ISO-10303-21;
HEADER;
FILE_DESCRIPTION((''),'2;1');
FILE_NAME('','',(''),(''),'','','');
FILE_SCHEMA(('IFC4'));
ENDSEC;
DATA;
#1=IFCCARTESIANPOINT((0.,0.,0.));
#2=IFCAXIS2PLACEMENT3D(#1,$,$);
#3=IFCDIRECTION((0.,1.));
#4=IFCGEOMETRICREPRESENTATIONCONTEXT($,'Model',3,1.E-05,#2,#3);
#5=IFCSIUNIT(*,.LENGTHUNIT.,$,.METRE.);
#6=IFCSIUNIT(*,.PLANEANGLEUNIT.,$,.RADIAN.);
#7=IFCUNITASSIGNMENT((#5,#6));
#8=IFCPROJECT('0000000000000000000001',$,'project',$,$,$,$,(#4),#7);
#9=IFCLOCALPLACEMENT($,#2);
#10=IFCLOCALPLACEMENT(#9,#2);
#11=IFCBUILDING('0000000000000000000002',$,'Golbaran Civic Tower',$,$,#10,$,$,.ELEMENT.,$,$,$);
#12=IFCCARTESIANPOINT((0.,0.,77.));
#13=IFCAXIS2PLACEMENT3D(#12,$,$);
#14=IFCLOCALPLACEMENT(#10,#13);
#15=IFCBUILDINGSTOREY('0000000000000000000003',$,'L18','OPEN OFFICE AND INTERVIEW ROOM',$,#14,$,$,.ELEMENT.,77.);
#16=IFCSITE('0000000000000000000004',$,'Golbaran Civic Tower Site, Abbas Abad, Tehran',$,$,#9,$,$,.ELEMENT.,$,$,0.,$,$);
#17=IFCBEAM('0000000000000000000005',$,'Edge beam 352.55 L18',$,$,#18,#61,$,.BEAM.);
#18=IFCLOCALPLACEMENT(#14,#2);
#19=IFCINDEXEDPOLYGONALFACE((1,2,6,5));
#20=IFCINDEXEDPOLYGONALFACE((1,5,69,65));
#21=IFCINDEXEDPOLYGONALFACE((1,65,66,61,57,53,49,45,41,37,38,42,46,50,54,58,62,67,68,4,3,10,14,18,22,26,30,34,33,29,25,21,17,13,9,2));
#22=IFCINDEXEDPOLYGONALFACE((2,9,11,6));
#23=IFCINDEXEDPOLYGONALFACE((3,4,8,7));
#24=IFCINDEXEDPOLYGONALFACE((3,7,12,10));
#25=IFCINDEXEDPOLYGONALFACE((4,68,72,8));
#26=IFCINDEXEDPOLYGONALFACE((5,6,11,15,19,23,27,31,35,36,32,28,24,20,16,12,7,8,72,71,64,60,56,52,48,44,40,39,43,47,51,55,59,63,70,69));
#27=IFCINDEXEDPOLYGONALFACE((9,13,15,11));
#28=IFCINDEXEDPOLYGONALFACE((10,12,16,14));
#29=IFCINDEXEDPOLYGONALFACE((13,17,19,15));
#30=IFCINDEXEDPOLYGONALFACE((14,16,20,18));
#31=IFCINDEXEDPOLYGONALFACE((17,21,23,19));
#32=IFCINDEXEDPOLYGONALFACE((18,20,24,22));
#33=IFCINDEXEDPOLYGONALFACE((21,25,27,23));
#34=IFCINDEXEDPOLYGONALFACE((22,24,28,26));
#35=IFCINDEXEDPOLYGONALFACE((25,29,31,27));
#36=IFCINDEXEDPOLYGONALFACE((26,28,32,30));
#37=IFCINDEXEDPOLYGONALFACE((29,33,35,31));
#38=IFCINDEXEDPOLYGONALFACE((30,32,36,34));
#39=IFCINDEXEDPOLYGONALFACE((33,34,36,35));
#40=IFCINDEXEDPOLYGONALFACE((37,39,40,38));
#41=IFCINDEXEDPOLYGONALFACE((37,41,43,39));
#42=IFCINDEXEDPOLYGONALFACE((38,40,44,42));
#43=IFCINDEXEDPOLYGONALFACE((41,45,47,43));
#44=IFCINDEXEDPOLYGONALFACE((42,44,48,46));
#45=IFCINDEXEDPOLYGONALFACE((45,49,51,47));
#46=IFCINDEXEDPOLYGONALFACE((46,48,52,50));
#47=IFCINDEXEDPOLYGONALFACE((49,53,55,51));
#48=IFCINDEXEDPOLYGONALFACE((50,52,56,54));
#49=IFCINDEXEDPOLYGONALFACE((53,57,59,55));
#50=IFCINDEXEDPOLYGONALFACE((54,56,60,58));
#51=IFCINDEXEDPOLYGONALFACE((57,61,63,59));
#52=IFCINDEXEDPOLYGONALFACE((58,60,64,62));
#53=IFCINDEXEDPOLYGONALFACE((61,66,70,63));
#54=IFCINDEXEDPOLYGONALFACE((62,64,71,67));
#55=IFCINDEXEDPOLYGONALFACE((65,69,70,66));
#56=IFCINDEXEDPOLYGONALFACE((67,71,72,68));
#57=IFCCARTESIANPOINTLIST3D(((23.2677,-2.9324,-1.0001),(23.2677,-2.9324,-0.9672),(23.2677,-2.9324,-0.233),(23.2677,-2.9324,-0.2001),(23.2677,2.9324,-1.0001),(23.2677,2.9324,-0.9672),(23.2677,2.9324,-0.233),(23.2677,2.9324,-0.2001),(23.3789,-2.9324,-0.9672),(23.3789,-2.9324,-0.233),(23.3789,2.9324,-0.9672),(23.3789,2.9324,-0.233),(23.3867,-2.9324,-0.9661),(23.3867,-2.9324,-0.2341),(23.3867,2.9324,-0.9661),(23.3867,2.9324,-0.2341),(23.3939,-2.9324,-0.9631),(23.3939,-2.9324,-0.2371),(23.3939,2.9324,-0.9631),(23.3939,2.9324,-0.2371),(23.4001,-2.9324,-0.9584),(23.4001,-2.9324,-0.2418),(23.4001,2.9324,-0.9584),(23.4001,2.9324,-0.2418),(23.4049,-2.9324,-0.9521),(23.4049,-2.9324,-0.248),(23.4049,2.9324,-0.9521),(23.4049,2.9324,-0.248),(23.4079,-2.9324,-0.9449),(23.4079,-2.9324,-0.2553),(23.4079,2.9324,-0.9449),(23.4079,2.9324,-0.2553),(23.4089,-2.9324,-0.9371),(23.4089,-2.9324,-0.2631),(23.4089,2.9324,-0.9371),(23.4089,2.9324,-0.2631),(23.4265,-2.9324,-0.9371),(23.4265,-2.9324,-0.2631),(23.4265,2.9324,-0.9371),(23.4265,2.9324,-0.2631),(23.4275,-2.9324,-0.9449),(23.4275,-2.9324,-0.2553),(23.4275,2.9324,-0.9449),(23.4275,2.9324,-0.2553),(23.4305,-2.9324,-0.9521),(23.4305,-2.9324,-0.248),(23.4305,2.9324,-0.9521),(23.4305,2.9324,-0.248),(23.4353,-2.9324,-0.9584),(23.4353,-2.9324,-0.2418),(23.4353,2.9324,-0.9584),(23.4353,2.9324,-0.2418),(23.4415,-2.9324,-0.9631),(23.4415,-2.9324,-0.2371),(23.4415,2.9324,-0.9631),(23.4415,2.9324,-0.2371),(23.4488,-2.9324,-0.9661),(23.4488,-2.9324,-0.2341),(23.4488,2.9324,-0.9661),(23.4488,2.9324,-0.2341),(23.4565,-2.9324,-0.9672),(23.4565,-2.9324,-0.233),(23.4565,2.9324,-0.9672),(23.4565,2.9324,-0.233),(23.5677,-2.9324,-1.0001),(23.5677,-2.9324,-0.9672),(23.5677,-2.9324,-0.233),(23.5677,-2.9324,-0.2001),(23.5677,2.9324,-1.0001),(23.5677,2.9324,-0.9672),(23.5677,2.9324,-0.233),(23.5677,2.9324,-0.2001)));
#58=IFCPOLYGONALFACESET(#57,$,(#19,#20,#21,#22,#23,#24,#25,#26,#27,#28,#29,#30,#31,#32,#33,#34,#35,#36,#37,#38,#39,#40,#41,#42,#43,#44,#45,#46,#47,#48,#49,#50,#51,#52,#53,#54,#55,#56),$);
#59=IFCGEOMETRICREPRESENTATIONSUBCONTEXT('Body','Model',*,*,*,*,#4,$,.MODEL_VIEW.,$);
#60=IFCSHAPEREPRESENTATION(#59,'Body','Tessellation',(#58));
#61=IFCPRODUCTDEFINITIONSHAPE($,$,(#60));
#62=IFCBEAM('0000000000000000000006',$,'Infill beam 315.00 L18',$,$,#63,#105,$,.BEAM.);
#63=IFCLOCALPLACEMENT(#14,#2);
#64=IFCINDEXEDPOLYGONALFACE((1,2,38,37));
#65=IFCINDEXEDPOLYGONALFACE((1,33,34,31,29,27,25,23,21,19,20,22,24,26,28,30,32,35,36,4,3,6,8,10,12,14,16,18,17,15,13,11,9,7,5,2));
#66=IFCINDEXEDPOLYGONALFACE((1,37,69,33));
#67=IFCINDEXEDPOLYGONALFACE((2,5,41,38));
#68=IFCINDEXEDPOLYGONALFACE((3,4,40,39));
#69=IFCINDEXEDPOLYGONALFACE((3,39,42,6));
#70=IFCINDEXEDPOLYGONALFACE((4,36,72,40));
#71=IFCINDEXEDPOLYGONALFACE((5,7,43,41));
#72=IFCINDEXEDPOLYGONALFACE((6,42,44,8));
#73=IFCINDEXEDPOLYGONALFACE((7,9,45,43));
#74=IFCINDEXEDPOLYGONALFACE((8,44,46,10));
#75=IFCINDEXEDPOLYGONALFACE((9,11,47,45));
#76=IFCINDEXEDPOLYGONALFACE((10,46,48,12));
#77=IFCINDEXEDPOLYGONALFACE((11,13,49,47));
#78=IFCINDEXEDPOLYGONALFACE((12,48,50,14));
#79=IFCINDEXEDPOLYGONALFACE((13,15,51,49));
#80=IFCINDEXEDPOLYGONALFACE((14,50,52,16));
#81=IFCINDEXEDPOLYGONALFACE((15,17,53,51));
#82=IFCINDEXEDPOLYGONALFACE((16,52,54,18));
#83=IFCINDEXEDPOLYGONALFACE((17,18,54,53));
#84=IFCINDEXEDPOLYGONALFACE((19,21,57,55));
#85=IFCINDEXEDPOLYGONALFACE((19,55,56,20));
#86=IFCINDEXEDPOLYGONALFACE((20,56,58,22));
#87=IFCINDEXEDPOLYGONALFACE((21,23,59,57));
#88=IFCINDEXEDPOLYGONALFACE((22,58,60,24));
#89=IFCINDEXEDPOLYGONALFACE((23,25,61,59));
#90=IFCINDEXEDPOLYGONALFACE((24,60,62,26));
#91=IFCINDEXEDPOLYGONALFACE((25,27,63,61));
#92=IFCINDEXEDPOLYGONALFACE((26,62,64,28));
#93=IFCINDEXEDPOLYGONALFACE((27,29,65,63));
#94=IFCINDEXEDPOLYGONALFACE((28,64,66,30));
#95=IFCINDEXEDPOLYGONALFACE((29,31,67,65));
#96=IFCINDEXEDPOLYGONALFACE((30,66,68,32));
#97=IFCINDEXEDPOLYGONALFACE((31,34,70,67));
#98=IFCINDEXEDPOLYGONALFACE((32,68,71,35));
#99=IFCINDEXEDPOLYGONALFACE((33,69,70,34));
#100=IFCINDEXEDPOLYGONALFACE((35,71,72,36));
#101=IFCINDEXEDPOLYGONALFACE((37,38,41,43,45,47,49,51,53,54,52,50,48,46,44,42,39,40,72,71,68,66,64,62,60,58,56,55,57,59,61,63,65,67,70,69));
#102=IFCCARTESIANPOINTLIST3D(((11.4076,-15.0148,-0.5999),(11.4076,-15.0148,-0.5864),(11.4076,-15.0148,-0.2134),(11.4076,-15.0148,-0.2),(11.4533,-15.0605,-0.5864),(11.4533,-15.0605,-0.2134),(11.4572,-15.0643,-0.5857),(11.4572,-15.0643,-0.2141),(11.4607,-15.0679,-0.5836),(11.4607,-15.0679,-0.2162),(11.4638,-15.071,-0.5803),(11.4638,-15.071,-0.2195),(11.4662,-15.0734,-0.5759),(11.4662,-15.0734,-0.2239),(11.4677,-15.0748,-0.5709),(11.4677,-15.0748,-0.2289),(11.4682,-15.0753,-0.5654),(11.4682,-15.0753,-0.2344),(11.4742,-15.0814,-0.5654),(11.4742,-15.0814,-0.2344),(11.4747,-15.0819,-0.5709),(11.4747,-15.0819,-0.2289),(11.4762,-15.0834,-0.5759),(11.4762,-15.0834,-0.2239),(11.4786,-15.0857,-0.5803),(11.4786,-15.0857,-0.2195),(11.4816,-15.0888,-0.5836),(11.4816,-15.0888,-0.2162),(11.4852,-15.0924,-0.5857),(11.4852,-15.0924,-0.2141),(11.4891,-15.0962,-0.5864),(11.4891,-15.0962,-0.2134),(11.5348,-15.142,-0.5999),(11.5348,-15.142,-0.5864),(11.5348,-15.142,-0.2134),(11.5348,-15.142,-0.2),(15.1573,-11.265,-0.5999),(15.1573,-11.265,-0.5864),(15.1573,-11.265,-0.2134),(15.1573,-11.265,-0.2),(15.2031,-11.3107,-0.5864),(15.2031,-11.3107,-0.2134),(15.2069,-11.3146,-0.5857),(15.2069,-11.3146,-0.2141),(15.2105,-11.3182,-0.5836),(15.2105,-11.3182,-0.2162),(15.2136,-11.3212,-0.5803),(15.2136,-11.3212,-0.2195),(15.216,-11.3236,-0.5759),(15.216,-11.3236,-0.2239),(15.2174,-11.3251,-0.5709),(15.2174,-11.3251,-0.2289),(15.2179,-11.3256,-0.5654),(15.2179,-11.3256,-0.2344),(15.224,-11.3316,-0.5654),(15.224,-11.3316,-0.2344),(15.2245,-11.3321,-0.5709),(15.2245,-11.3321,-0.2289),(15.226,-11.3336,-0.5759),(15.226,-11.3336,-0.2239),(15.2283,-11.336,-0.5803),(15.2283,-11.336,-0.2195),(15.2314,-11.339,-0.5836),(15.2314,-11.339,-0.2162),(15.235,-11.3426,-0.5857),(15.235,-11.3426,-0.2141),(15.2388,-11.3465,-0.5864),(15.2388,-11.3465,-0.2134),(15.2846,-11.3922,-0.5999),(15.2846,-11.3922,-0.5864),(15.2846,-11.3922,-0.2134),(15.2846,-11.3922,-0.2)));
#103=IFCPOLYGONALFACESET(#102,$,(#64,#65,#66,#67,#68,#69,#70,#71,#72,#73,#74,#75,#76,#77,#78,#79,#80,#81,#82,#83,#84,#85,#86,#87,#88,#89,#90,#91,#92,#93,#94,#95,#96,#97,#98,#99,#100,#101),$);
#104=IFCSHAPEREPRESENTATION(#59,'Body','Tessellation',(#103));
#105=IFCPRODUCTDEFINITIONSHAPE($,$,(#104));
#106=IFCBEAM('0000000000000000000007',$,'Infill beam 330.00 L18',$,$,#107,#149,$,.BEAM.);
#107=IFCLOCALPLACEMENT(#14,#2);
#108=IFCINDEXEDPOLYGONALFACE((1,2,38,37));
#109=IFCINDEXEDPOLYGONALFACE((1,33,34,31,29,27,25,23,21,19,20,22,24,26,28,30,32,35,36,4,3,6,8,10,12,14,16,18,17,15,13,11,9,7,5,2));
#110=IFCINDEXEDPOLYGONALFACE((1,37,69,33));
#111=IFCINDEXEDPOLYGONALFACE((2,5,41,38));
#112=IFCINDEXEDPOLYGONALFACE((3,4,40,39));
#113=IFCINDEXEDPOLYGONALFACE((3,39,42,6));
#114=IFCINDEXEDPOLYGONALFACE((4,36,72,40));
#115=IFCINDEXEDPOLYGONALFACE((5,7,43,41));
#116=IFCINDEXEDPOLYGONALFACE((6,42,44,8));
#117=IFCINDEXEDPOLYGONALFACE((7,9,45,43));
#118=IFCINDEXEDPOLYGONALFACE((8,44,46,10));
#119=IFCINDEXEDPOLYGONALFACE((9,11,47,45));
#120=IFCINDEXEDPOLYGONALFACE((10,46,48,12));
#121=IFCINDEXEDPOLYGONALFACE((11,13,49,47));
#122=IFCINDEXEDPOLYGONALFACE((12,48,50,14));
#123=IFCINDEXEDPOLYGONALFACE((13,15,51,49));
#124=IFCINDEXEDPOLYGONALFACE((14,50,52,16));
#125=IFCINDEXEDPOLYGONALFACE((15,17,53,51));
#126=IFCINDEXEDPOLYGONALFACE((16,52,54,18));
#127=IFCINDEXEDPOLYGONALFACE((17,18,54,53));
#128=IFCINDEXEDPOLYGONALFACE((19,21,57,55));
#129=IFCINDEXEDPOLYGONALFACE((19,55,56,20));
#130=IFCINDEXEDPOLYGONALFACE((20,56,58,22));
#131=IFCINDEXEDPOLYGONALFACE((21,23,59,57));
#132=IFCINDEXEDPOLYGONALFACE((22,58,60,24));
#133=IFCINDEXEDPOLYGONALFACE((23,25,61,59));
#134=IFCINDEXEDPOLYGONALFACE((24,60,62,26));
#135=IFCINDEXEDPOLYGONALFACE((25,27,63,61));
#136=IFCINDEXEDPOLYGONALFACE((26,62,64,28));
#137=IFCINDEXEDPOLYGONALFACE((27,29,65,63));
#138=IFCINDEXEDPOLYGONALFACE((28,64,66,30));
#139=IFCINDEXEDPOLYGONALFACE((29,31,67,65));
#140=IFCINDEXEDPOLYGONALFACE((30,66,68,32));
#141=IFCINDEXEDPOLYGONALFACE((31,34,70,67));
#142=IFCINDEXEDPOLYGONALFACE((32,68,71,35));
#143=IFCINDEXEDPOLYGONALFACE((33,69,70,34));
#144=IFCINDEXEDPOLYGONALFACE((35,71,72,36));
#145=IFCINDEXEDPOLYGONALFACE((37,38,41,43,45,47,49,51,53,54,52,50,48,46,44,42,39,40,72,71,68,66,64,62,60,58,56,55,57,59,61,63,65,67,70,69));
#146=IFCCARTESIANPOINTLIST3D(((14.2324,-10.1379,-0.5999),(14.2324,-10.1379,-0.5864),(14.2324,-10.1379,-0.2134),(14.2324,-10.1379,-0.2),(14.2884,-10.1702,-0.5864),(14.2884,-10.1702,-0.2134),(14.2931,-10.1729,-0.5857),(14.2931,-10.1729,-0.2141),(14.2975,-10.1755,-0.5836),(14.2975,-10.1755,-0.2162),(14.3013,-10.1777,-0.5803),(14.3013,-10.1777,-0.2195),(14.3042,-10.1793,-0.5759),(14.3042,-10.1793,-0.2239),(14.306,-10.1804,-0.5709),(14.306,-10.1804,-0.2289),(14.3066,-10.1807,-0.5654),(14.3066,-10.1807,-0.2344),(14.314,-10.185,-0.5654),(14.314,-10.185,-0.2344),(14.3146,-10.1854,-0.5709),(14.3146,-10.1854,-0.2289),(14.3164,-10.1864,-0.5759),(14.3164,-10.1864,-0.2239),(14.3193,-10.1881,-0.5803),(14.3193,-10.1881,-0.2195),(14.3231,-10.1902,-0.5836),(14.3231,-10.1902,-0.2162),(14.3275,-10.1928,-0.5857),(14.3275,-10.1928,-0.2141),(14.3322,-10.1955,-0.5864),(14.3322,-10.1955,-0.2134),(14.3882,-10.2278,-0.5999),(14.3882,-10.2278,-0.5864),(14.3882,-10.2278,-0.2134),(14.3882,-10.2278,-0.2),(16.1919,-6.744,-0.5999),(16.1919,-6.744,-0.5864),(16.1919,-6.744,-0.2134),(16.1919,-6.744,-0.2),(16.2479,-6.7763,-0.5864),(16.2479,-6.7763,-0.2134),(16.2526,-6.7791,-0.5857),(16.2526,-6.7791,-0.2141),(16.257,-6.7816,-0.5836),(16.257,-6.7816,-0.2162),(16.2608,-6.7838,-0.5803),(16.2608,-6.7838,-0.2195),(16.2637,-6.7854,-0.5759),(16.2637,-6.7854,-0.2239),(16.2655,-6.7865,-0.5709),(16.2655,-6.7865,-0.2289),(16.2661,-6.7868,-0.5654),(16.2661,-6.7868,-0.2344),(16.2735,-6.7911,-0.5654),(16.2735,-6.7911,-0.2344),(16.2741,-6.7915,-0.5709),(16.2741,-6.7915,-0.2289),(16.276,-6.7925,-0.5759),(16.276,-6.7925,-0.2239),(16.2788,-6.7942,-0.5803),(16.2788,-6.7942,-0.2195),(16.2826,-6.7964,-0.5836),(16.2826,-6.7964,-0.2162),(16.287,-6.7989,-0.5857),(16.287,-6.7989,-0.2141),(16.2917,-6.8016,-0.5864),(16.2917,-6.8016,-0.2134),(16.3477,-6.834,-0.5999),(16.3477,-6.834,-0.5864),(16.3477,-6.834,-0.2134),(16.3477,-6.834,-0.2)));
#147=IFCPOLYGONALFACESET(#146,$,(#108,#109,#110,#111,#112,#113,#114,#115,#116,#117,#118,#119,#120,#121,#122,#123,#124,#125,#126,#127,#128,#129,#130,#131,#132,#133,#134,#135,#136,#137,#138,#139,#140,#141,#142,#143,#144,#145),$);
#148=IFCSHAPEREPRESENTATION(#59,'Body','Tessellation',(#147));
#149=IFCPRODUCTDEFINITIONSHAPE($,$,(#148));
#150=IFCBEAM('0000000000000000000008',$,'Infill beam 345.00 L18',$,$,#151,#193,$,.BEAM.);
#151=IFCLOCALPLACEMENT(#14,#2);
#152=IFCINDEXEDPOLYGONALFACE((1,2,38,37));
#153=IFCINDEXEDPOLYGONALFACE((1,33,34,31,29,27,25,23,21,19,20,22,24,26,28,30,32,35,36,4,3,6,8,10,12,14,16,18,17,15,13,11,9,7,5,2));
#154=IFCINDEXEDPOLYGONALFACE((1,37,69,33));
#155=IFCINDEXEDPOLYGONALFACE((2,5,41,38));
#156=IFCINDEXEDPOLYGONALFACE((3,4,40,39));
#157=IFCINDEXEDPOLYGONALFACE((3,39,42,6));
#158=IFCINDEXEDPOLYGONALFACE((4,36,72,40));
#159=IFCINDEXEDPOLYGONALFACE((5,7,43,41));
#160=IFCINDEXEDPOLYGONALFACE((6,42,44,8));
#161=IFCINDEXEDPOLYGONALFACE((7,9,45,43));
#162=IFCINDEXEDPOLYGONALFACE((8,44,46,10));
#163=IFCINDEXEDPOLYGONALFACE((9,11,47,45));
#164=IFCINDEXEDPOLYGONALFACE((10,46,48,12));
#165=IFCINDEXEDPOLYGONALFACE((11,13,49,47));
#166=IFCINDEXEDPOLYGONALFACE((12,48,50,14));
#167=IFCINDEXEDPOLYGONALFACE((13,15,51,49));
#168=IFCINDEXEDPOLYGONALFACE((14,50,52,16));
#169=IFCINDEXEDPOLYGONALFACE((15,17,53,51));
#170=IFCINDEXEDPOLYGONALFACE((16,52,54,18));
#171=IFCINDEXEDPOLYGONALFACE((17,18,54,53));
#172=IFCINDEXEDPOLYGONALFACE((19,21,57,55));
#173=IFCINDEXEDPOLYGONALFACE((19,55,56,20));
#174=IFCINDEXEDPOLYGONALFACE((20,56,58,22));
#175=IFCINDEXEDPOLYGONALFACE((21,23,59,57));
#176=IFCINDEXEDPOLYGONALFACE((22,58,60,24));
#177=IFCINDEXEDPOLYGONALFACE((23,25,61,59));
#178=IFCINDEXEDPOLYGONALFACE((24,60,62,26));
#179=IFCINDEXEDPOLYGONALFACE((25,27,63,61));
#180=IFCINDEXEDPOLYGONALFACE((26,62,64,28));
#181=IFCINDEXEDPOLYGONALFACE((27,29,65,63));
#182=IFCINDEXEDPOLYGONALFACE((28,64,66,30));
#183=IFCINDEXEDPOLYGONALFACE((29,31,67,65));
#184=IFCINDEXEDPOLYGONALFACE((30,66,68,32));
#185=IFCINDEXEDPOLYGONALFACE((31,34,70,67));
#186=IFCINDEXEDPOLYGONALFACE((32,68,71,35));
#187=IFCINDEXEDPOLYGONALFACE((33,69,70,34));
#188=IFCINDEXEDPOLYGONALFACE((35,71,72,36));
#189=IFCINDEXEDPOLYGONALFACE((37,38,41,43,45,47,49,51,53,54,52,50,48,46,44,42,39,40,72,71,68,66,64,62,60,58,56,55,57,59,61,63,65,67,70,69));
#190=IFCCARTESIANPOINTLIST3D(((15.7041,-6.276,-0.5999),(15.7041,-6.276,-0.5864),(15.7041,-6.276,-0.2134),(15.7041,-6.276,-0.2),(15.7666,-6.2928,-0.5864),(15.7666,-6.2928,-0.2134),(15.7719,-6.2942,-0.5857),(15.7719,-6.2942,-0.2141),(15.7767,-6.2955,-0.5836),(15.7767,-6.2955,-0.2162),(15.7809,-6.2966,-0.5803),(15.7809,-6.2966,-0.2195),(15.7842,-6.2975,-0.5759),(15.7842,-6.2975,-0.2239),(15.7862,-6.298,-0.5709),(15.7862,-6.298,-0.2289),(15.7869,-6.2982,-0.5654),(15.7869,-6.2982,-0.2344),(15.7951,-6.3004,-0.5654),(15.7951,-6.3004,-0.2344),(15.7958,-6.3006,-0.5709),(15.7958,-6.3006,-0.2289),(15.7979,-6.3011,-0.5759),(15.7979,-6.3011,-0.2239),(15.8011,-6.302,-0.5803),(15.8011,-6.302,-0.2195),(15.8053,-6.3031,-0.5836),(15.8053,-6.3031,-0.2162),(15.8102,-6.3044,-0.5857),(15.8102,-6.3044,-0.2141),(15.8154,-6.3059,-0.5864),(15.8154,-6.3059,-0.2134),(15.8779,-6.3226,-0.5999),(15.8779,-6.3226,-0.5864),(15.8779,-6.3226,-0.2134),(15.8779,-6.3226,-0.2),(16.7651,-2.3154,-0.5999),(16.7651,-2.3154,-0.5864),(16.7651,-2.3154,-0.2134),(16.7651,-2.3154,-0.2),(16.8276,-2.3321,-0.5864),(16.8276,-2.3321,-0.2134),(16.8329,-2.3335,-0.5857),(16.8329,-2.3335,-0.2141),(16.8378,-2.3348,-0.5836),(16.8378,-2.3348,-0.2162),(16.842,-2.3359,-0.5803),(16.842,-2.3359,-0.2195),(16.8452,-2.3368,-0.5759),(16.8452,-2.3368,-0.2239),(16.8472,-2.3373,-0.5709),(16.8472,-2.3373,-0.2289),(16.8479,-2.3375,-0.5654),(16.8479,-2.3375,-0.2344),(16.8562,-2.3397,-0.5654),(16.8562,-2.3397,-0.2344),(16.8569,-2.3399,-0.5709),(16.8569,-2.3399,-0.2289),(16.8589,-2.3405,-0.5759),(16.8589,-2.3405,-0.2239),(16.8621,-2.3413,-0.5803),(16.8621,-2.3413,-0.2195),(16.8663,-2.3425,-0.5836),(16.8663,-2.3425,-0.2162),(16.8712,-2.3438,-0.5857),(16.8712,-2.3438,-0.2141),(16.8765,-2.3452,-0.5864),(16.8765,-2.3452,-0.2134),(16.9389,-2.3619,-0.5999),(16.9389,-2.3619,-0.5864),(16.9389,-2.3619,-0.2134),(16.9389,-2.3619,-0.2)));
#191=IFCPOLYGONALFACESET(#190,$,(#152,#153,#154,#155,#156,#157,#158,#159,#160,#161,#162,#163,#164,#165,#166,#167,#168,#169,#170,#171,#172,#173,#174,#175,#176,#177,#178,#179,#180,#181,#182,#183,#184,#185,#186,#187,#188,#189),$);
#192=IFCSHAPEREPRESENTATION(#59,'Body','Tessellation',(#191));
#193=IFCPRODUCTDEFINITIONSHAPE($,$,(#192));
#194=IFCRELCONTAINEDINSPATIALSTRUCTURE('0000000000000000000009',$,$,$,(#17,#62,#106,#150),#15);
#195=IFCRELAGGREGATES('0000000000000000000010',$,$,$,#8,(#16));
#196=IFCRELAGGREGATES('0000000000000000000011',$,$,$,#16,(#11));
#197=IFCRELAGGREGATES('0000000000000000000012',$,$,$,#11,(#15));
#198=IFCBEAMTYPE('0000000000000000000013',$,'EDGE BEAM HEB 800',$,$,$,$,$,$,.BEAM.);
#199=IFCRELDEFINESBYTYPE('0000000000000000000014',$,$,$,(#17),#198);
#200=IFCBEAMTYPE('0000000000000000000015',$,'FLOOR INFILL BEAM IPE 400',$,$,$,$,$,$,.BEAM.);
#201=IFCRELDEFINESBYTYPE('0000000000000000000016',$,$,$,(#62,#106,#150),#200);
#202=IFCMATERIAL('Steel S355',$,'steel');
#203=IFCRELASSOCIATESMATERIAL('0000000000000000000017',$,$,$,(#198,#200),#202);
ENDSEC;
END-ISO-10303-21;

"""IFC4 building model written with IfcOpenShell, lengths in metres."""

from ifc_helpers import new_model, si_unit, direction, frame, origin, origin_2d, place, context, subcontext, project, spatial, i_section, extrude, material, material_profile, profile_set, type_object, element, save


model = new_model("IFC4")

# Units and contexts
model_context = context("Model", 3, precision=1e-05, world=origin(), true_north=direction((0.0, 1.0)))
body_context = subcontext(model_context, "Body", "Model", "MODEL_VIEW")
ifc_project = project(units=[si_unit("LENGTHUNIT", "METRE"), si_unit("PLANEANGLEUNIT", "RADIAN")], contexts=[model_context])

# Site, building, storey
site_placement = place(None, origin())
site = spatial("IfcSite", under=ifc_project, at=site_placement, Name="Golbaran Civic Tower Site, Abbas Abad, Tehran", CompositionType="ELEMENT", RefElevation=0.0)
building_placement = place(site_placement, origin())
building = spatial("IfcBuilding", under=site, at=building_placement, Name="Golbaran Civic Tower", CompositionType="ELEMENT")
storey_placement = place(building_placement, frame((0.0, 0.0, 77.0)))
storey = spatial("IfcBuildingStorey", under=building, at=storey_placement, Name="L18", Description="OPEN OFFICE AND INTERVIEW ROOM", CompositionType="ELEMENT", Elevation=77.0)

# Beams
ifc_material_1 = material(Name="Steel S355", Category="steel")
ifc_material_profile_1 = material_profile(ifc_material_1, i_section(OverallWidth=0.3, OverallDepth=0.8, WebThickness=0.0176, FlangeThickness=0.033, FilletRadius=0.03, at=origin_2d()), Name="HEB 800")
ifc_profile_set_1 = profile_set([ifc_material_profile_1], Name="Steel S355")
beam_type_1 = type_object("IfcBeamType", Name="EDGE BEAM HEB 800", PredefinedType="BEAM", material=ifc_profile_set_1)
beam_1_placement = place(storey_placement, frame((23.4177, -2.9324, -0.6001), z_axis=(0.0, 1.0, 0.0), x_axis=(-1.0, 0.0, 0.0)))
element("IfcBeam", 1, at=beam_1_placement, inside=storey, type_object=beam_type_1, Name="Edge beam 352.55 L18", PredefinedType="BEAM", context=body_context, shape_type="SweptSolid", body=[
    extrude(i_section(OverallWidth=0.3, OverallDepth=0.8, WebThickness=0.0176, FlangeThickness=0.033, FilletRadius=0.03, at=origin_2d()), origin(), (0.0, 0.0, 1.0), 5.8647),
])
ifc_material_profile_2 = material_profile(ifc_material_1, i_section(OverallWidth=0.1799, OverallDepth=0.3999, WebThickness=0.0085, FlangeThickness=0.0134, FilletRadius=0.021, at=origin_2d()), Name="IPE 400")
ifc_profile_set_2 = profile_set([ifc_material_profile_2], Name="Steel S355")
beam_type_2 = type_object("IfcBeamType", Name="FLOOR INFILL BEAM IPE 400", PredefinedType="BEAM", material=ifc_profile_set_2)
beam_2_placement = place(storey_placement, frame((11.4712, -15.0784, -0.3999), z_axis=(0.707107, 0.707107, 0.0), x_axis=(-0.707107, 0.707107, 0.0)))
element("IfcBeam", 2, at=beam_2_placement, inside=storey, type_object=beam_type_2, Name="Infill beam 315.00 L18", PredefinedType="BEAM", context=body_context, shape_type="SweptSolid", body=[
    extrude(i_section(OverallWidth=0.1799, OverallDepth=0.3999, WebThickness=0.0085, FlangeThickness=0.0134, FilletRadius=0.021, at=origin_2d()), origin(), (0.0, 0.0, 1.0), 5.303),
])
beam_3_placement = place(storey_placement, frame((14.3103, -10.1829, -0.3999), z_axis=(0.500012, 0.866019, 0.0), x_axis=(-0.866019, 0.500012, 0.0)))
element("IfcBeam", 3, at=beam_3_placement, inside=storey, type_object=beam_type_2, Name="Infill beam 330.00 L18", PredefinedType="BEAM", context=body_context, shape_type="SweptSolid", body=[
    extrude(i_section(OverallWidth=0.1799, OverallDepth=0.3999, WebThickness=0.0085, FlangeThickness=0.0134, FilletRadius=0.021, at=origin_2d()), origin(), (0.0, 0.0, 1.0), 3.9189),
])
beam_4_placement = place(storey_placement, frame((15.791, -6.2993, -0.3999), z_axis=(0.258767, 0.96594, 0.0), x_axis=(-0.96594, 0.258767, 0.0)))
element("IfcBeam", 4, at=beam_4_placement, inside=storey, type_object=beam_type_2, Name="Infill beam 345.00 L18", PredefinedType="BEAM", context=body_context, shape_type="SweptSolid", body=[
    extrude(i_section(OverallWidth=0.1799, OverallDepth=0.3999, WebThickness=0.0085, FlangeThickness=0.0134, FilletRadius=0.021, at=origin_2d()), origin(), (0.0, 0.0, 1.0), 4.1003),
])

save(model, "model.ifc")
